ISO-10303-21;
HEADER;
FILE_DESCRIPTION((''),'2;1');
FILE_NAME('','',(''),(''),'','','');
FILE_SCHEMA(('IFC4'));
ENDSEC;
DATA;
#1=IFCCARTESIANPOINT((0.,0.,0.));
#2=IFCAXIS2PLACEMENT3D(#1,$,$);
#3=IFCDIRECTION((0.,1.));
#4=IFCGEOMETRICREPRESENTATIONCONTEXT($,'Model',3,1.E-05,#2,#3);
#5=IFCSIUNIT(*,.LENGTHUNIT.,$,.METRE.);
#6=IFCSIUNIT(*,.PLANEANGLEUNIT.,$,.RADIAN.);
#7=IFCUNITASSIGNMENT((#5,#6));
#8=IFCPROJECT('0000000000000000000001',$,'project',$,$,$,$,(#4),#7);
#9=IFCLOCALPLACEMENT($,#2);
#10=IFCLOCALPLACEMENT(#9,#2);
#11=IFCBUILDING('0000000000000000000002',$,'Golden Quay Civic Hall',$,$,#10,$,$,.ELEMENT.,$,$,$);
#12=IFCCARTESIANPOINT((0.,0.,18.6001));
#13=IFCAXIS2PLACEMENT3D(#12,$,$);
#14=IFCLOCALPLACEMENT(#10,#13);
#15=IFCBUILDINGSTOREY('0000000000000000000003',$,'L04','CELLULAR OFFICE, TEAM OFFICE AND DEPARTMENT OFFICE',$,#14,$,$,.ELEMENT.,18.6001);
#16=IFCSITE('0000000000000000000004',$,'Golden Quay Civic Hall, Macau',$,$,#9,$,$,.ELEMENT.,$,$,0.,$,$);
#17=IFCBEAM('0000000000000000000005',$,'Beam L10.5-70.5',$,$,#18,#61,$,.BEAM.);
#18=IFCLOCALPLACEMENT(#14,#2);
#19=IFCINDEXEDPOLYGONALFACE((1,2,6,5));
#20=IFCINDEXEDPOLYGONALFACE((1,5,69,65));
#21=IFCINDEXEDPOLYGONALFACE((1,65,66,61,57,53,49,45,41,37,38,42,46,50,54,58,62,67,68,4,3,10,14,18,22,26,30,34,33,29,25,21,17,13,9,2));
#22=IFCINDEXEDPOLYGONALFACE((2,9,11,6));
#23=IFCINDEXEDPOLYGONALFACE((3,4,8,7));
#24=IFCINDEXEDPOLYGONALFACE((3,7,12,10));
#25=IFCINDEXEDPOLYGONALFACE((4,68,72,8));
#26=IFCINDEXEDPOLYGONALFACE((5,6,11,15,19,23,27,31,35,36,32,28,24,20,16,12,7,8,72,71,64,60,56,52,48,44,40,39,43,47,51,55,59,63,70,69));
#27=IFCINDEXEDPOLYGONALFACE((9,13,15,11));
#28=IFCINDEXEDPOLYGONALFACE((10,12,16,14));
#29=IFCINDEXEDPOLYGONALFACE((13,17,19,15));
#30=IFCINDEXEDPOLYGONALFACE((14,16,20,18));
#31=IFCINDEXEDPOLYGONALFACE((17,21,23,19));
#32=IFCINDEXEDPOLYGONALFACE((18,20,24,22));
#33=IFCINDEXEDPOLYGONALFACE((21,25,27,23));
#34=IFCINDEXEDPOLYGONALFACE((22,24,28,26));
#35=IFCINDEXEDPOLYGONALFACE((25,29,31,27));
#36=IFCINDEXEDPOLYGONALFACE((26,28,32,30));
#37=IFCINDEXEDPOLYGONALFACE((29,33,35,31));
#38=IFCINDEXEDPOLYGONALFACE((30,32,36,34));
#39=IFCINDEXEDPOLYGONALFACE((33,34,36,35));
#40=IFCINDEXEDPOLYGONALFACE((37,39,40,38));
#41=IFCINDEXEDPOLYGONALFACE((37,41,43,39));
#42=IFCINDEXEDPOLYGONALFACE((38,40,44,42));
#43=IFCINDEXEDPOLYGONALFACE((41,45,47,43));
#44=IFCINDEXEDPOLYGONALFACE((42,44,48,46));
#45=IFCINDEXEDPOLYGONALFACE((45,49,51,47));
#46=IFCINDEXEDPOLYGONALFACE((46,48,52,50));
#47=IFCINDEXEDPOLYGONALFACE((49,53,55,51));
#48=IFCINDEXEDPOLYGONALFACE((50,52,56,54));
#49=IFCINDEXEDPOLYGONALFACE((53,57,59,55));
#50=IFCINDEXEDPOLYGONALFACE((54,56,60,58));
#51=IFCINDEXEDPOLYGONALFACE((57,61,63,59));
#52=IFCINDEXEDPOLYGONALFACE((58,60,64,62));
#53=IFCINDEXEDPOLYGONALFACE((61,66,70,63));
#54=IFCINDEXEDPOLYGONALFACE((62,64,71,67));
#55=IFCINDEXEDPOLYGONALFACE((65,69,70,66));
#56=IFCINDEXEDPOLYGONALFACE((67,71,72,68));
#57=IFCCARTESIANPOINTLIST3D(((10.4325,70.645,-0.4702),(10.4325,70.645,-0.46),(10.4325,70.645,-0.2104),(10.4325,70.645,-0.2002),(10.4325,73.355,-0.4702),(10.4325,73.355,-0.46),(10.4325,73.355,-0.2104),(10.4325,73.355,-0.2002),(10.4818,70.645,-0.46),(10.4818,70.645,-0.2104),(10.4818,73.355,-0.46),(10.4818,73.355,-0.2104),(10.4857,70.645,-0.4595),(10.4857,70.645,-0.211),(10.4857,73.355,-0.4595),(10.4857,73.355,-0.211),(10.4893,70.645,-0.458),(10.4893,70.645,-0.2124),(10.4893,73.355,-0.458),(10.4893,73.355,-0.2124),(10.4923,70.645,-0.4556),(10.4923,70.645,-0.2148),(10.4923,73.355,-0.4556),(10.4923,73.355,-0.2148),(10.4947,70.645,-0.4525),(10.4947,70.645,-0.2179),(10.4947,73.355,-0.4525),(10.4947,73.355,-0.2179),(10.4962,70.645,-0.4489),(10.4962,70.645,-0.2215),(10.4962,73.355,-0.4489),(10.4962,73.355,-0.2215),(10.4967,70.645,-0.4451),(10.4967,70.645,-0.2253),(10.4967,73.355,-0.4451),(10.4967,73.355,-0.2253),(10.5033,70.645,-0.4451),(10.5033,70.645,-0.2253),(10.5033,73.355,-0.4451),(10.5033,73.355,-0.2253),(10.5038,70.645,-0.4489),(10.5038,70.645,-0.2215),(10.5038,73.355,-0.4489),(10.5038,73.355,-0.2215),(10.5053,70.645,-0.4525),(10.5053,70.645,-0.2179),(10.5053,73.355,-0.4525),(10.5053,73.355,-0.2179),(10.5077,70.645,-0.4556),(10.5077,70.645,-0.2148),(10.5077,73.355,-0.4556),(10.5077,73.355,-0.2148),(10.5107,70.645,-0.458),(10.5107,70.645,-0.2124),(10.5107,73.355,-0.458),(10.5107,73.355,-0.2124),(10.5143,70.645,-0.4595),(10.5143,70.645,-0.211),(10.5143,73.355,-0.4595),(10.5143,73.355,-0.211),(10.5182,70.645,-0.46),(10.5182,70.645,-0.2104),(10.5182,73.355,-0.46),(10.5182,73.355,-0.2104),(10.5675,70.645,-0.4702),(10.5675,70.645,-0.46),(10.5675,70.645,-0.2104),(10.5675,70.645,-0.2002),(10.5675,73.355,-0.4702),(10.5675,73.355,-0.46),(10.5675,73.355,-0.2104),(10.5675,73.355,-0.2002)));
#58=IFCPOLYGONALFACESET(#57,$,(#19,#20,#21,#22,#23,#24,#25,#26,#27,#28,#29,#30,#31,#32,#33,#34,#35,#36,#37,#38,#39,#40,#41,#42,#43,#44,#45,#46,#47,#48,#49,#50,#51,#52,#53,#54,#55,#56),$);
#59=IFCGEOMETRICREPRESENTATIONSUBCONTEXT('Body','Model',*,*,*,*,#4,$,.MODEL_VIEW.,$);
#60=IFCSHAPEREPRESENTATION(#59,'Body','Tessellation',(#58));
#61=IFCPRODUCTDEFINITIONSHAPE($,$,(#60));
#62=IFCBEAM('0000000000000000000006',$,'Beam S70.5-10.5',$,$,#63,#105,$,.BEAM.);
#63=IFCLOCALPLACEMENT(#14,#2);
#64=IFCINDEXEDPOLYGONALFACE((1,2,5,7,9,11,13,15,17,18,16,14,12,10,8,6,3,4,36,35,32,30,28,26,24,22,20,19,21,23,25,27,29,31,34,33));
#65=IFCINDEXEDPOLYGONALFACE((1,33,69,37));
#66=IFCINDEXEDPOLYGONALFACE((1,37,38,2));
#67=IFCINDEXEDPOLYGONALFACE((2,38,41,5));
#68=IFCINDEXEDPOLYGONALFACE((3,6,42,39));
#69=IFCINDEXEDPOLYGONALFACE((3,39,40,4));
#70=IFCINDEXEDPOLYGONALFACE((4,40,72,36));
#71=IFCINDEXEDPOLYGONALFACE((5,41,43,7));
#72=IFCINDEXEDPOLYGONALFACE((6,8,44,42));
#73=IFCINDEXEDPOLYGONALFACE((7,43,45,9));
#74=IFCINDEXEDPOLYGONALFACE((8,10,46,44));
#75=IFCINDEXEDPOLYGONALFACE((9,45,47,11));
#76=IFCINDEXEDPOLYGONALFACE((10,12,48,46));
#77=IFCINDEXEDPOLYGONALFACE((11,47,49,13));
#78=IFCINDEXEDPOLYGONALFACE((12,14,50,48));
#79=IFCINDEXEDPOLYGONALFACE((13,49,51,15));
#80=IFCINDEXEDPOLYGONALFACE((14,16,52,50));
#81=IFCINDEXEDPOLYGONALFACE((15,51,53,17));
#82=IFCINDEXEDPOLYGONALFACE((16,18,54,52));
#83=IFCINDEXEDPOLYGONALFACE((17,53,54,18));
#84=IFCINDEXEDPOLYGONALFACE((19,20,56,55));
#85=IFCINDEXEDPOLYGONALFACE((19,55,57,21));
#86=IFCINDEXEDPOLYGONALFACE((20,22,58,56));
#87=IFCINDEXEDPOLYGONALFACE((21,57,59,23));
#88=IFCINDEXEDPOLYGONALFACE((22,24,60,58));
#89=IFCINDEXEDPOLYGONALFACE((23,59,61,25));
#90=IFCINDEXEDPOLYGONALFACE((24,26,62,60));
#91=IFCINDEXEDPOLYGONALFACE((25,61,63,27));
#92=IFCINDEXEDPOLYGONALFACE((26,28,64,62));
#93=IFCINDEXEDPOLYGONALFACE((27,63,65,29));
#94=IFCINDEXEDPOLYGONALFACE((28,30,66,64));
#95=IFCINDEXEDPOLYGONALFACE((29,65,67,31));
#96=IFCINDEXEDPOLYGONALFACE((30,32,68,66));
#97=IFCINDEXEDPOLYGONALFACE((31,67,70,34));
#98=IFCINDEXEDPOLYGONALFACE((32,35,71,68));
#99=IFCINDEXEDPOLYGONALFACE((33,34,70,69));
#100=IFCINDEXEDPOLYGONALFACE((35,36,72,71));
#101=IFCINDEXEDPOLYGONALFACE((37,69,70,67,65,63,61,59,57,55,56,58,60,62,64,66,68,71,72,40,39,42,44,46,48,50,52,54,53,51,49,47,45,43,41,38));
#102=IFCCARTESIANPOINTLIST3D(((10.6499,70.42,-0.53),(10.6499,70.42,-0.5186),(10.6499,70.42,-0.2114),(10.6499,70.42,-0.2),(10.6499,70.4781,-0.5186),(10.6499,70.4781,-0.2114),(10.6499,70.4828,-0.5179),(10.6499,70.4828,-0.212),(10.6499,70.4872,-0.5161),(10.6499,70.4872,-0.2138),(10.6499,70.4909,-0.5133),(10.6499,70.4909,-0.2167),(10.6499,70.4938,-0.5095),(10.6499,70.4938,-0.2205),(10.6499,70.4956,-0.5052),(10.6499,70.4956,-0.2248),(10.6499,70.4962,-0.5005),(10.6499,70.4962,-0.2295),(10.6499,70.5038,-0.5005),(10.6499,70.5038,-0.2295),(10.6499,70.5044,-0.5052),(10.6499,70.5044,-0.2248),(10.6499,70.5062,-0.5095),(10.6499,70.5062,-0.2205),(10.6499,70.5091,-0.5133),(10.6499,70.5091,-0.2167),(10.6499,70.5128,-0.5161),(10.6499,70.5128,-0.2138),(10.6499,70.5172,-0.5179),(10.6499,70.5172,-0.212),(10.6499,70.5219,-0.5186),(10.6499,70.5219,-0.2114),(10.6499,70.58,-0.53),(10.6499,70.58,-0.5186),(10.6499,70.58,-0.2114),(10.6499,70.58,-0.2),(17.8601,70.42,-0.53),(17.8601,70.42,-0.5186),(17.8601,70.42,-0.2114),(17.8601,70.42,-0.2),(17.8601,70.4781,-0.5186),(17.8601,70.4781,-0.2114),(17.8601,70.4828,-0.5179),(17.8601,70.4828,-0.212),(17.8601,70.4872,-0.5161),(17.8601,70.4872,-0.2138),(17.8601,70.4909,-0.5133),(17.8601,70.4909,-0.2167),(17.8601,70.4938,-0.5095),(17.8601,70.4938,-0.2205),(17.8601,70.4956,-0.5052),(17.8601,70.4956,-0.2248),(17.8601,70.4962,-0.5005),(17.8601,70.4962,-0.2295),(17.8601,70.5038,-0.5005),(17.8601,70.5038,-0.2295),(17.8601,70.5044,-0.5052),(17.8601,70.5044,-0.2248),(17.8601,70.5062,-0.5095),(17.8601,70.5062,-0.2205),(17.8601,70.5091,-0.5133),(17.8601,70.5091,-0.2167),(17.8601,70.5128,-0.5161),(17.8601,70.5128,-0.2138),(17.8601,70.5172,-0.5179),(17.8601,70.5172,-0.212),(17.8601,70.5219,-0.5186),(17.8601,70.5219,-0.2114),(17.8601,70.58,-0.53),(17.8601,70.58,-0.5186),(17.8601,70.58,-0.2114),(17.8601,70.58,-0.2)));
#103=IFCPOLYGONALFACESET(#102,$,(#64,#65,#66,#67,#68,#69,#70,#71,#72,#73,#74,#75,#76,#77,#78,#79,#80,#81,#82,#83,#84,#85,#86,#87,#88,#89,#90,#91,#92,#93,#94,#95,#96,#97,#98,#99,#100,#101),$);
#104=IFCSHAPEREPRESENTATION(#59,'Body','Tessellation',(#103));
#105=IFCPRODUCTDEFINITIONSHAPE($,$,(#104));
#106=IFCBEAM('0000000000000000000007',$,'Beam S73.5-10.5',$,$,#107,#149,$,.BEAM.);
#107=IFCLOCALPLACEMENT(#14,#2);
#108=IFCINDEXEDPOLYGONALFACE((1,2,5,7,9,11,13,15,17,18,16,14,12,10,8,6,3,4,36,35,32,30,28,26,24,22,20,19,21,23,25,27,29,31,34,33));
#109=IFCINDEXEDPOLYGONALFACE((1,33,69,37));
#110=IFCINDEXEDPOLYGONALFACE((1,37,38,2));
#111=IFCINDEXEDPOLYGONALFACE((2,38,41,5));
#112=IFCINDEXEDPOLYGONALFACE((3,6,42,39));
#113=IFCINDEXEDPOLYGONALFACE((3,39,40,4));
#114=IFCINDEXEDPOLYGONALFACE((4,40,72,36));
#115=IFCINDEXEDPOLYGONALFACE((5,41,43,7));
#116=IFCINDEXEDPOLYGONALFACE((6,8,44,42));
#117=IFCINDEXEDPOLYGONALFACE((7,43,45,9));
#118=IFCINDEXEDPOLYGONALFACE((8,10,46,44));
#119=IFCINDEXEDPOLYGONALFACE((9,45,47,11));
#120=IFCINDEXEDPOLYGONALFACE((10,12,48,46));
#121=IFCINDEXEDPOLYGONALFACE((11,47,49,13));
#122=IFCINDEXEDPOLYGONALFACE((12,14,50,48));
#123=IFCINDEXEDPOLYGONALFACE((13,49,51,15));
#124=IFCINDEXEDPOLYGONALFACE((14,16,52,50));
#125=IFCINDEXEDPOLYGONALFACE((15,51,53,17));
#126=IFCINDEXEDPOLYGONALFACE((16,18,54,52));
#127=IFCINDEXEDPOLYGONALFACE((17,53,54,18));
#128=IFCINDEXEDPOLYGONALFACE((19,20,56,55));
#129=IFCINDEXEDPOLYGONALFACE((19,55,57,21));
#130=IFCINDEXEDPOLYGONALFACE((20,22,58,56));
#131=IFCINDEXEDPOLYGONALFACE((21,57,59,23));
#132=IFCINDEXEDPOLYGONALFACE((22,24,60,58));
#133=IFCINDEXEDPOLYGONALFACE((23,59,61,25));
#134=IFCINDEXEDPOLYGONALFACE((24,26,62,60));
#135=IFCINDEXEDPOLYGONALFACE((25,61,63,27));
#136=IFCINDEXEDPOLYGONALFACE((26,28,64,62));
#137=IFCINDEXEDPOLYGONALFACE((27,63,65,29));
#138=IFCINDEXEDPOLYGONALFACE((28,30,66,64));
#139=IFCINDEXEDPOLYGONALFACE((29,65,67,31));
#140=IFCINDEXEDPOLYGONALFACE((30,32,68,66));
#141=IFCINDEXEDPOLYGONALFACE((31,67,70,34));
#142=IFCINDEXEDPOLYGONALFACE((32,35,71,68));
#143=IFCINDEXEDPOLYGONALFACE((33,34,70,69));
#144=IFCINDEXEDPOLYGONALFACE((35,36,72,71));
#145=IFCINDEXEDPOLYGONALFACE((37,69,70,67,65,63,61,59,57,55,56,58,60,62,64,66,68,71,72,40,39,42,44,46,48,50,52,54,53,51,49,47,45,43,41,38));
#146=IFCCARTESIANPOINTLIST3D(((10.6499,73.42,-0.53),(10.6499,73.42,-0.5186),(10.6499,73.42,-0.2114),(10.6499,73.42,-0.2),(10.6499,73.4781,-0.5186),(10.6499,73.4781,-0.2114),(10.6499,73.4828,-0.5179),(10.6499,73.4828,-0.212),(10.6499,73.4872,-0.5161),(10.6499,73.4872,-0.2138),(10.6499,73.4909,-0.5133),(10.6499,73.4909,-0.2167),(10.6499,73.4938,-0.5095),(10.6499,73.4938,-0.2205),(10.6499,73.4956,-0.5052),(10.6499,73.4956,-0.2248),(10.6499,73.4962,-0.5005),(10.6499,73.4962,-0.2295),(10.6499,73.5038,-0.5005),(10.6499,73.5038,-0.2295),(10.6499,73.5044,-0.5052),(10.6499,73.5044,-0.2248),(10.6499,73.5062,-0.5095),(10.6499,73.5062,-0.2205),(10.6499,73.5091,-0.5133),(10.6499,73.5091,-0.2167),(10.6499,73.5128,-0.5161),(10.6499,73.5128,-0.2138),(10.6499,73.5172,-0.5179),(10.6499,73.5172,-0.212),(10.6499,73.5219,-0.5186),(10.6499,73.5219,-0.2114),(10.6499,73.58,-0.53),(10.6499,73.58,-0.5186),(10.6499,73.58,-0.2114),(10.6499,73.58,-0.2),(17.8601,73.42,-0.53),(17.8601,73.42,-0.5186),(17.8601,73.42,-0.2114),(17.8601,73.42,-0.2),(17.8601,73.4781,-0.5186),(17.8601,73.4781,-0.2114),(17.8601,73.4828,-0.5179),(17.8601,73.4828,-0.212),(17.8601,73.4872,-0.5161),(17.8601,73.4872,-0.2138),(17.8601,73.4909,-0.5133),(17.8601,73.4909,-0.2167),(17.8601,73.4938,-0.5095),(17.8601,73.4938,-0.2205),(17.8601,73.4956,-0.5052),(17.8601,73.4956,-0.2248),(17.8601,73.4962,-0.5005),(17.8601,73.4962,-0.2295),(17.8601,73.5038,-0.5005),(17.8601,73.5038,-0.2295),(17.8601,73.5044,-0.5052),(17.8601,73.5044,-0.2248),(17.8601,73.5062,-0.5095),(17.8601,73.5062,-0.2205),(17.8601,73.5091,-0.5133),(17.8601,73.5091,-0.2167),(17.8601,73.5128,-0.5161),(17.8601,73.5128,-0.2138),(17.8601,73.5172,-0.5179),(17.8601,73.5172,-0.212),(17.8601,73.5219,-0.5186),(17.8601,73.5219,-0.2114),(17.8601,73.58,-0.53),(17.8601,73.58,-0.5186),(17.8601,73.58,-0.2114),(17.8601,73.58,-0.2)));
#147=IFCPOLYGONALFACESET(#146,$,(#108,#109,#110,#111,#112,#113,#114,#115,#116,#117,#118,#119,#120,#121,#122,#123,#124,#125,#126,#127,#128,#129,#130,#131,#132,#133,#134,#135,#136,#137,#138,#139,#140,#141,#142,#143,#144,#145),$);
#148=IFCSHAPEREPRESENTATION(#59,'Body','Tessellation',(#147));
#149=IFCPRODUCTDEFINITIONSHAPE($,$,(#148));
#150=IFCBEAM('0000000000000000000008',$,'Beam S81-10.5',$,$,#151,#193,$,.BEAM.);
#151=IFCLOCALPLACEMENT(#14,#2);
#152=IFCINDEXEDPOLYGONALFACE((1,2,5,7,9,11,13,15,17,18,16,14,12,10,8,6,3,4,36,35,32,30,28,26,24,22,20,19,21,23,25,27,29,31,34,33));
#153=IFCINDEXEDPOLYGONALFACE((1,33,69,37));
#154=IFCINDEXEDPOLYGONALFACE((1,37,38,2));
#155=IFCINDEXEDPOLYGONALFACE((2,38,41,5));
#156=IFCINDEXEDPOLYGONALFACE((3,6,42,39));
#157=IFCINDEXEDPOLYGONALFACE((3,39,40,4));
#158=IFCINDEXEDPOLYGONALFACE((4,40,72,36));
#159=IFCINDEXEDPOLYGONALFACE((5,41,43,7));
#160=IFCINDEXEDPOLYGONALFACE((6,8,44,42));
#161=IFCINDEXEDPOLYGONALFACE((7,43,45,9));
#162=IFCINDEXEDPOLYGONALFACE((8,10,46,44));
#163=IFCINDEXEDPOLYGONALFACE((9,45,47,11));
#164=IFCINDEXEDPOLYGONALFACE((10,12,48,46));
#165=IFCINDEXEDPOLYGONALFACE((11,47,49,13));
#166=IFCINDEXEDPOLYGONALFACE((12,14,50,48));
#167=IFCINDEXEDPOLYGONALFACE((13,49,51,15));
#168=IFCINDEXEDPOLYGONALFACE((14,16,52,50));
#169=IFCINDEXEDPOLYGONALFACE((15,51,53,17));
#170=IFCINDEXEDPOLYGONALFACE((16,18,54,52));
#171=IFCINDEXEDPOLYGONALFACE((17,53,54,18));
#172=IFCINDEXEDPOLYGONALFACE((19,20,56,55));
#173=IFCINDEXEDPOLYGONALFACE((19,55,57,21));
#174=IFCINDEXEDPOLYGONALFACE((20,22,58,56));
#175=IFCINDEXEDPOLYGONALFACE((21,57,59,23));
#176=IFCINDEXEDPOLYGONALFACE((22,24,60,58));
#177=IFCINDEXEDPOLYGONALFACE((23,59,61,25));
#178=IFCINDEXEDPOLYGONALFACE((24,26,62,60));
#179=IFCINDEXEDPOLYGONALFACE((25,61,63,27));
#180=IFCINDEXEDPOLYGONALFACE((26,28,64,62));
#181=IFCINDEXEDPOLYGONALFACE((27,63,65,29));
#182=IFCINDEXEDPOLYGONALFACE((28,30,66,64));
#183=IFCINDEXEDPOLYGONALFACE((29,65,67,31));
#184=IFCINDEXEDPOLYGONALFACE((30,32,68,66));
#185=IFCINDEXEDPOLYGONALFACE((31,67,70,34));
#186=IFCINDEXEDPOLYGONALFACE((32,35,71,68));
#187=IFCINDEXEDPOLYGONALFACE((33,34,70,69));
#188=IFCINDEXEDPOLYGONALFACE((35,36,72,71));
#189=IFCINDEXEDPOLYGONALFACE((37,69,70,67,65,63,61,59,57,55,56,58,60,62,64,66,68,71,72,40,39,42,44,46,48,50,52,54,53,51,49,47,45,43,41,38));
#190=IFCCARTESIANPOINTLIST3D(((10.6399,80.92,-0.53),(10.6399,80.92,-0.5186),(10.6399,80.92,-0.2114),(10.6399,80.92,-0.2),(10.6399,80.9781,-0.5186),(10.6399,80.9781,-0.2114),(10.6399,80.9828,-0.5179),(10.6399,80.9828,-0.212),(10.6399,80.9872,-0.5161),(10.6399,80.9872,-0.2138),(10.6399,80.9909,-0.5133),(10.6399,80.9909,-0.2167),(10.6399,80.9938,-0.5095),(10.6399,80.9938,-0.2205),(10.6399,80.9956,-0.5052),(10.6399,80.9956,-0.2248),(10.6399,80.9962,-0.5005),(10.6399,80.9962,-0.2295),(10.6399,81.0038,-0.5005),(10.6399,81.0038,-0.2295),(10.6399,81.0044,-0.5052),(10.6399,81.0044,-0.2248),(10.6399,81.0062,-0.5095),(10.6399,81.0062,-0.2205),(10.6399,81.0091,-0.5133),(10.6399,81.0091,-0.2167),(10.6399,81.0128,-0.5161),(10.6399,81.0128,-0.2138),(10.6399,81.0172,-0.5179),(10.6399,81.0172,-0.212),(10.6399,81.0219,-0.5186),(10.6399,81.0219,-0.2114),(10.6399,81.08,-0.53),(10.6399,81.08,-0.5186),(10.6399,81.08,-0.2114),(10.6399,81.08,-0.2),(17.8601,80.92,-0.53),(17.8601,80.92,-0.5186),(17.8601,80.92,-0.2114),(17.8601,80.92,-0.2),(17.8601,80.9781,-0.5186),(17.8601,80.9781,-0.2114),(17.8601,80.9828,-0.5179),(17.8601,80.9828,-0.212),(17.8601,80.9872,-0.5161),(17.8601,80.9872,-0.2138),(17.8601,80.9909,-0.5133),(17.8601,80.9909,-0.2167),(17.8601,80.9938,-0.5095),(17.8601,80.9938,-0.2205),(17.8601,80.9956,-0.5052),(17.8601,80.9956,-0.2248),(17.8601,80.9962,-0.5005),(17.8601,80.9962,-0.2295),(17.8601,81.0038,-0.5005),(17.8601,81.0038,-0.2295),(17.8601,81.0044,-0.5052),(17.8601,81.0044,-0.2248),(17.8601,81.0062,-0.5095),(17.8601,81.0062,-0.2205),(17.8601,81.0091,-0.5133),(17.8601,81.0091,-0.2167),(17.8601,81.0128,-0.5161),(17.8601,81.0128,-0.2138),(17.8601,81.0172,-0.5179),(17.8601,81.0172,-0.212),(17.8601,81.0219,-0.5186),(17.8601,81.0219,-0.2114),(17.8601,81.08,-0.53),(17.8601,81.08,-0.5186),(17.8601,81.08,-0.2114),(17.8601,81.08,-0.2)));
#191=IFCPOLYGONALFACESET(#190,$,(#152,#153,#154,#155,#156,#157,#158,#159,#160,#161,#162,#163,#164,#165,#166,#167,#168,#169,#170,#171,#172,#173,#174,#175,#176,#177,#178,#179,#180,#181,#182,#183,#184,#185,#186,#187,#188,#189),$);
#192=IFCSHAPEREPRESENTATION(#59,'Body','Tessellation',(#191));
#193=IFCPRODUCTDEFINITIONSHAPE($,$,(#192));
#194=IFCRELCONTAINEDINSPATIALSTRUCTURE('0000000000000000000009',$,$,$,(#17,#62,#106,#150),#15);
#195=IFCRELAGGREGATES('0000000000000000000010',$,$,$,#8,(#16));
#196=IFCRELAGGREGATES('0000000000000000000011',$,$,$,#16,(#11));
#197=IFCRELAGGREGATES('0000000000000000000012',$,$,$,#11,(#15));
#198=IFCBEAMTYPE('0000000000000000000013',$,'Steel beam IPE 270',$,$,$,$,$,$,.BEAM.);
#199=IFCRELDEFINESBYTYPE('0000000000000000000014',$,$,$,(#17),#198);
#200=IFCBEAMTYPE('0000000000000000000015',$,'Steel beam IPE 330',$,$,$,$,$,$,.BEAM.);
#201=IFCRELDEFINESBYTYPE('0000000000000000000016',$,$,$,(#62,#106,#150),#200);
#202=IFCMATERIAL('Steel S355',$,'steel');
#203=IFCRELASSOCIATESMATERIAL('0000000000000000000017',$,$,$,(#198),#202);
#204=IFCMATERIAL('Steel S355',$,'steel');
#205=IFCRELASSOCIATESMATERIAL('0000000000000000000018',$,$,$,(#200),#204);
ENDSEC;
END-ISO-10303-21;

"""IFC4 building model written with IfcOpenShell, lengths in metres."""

from ifc_helpers import new_model, si_unit, direction, frame, origin, origin_2d, place, context, subcontext, project, spatial, i_section, extrude, material, material_profile, profile_set, type_object, element, save


model = new_model("IFC4")

# Units and contexts
model_context = context("Model", 3, precision=1e-05, world=origin(), true_north=direction((0.0, 1.0)))
body_context = subcontext(model_context, "Body", "Model", "MODEL_VIEW")
ifc_project = project(units=[si_unit("LENGTHUNIT", "METRE"), si_unit("PLANEANGLEUNIT", "RADIAN")], contexts=[model_context])

# Site, building, storey
site_placement = place(None, origin())
site = spatial("IfcSite", under=ifc_project, at=site_placement, Name="Golden Quay Civic Hall, Macau", CompositionType="ELEMENT", RefElevation=0.0)
building_placement = place(site_placement, origin())
building = spatial("IfcBuilding", under=site, at=building_placement, Name="Golden Quay Civic Hall", CompositionType="ELEMENT")
storey_placement = place(building_placement, frame((0.0, 0.0, 18.6001)))
storey = spatial("IfcBuildingStorey", under=building, at=storey_placement, Name="L04", Description="CELLULAR OFFICE, TEAM OFFICE AND DEPARTMENT OFFICE", CompositionType="ELEMENT", Elevation=18.6001)

# Beams
ifc_material_1 = material(Name="Steel S355", Category="steel")
ifc_material_profile_1 = material_profile(ifc_material_1, i_section(OverallWidth=0.135, OverallDepth=0.27, WebThickness=0.0066, FlangeThickness=0.0103, FilletRadius=0.0149, at=origin_2d()), Name="IPE 270")
ifc_profile_set_1 = profile_set([ifc_material_profile_1], Name="Steel S355")
beam_type_1 = type_object("IfcBeamType", Name="Steel beam IPE 270", PredefinedType="BEAM", material=ifc_profile_set_1)
beam_1_placement = place(storey_placement, frame((10.5, 70.645, -0.3352), z_axis=(0.0, 1.0, 0.0), x_axis=(-1.0, 0.0, 0.0)))
element("IfcBeam", 1, at=beam_1_placement, inside=storey, type_object=beam_type_1, Name="Beam L10.5-70.5", PredefinedType="BEAM", context=body_context, shape_type="SweptSolid", body=[
    extrude(i_section(OverallWidth=0.135, OverallDepth=0.27, WebThickness=0.0066, FlangeThickness=0.0103, FilletRadius=0.0149, at=origin_2d()), origin(), (0.0, 0.0, 1.0), 2.71),
])
ifc_material_2 = material(Name="Steel S355", Category="steel")
ifc_material_profile_2 = material_profile(ifc_material_2, i_section(OverallWidth=0.1599, OverallDepth=0.3301, WebThickness=0.0076, FlangeThickness=0.0115, FilletRadius=0.0181, at=origin_2d()), Name="IPE 330")
ifc_profile_set_2 = profile_set([ifc_material_profile_2], Name="Steel S355")
beam_type_2 = type_object("IfcBeamType", Name="Steel beam IPE 330", PredefinedType="BEAM", material=ifc_profile_set_2)
for number, where, z_axis, x_axis, name in (
    (2, (10.6499, 70.5, -0.365), (1.0, 0.0, 0.0), (0.0, 1.0, 0.0), "Beam S70.5-10.5"),
    (3, (10.6499, 73.5, -0.365), (1.0, 0.0, 0.0), (0.0, 1.0, 0.0), "Beam S73.5-10.5"),
):
    element("IfcBeam", number, at=place(storey_placement, frame(where, z_axis=z_axis, x_axis=x_axis)), inside=storey, type_object=beam_type_2, Name=name, PredefinedType="BEAM", context=body_context, shape_type="SweptSolid", body=[
        extrude(i_section(OverallWidth=0.1599, OverallDepth=0.3301, WebThickness=0.0076, FlangeThickness=0.0115, FilletRadius=0.0181, at=origin_2d()), origin(), (0.0, 0.0, 1.0), 7.2102),
    ])
beam_2_placement = place(storey_placement, frame((10.6399, 81.0, -0.365), z_axis=(1.0, 0.0, 0.0), x_axis=(0.0, 1.0, 0.0)))
element("IfcBeam", 4, at=beam_2_placement, inside=storey, type_object=beam_type_2, Name="Beam S81-10.5", PredefinedType="BEAM", context=body_context, shape_type="SweptSolid", body=[
    extrude(i_section(OverallWidth=0.1599, OverallDepth=0.3301, WebThickness=0.0076, FlangeThickness=0.0115, FilletRadius=0.0181, at=origin_2d()), origin(), (0.0, 0.0, 1.0), 7.2202),
])

save(model, "model.ifc")
